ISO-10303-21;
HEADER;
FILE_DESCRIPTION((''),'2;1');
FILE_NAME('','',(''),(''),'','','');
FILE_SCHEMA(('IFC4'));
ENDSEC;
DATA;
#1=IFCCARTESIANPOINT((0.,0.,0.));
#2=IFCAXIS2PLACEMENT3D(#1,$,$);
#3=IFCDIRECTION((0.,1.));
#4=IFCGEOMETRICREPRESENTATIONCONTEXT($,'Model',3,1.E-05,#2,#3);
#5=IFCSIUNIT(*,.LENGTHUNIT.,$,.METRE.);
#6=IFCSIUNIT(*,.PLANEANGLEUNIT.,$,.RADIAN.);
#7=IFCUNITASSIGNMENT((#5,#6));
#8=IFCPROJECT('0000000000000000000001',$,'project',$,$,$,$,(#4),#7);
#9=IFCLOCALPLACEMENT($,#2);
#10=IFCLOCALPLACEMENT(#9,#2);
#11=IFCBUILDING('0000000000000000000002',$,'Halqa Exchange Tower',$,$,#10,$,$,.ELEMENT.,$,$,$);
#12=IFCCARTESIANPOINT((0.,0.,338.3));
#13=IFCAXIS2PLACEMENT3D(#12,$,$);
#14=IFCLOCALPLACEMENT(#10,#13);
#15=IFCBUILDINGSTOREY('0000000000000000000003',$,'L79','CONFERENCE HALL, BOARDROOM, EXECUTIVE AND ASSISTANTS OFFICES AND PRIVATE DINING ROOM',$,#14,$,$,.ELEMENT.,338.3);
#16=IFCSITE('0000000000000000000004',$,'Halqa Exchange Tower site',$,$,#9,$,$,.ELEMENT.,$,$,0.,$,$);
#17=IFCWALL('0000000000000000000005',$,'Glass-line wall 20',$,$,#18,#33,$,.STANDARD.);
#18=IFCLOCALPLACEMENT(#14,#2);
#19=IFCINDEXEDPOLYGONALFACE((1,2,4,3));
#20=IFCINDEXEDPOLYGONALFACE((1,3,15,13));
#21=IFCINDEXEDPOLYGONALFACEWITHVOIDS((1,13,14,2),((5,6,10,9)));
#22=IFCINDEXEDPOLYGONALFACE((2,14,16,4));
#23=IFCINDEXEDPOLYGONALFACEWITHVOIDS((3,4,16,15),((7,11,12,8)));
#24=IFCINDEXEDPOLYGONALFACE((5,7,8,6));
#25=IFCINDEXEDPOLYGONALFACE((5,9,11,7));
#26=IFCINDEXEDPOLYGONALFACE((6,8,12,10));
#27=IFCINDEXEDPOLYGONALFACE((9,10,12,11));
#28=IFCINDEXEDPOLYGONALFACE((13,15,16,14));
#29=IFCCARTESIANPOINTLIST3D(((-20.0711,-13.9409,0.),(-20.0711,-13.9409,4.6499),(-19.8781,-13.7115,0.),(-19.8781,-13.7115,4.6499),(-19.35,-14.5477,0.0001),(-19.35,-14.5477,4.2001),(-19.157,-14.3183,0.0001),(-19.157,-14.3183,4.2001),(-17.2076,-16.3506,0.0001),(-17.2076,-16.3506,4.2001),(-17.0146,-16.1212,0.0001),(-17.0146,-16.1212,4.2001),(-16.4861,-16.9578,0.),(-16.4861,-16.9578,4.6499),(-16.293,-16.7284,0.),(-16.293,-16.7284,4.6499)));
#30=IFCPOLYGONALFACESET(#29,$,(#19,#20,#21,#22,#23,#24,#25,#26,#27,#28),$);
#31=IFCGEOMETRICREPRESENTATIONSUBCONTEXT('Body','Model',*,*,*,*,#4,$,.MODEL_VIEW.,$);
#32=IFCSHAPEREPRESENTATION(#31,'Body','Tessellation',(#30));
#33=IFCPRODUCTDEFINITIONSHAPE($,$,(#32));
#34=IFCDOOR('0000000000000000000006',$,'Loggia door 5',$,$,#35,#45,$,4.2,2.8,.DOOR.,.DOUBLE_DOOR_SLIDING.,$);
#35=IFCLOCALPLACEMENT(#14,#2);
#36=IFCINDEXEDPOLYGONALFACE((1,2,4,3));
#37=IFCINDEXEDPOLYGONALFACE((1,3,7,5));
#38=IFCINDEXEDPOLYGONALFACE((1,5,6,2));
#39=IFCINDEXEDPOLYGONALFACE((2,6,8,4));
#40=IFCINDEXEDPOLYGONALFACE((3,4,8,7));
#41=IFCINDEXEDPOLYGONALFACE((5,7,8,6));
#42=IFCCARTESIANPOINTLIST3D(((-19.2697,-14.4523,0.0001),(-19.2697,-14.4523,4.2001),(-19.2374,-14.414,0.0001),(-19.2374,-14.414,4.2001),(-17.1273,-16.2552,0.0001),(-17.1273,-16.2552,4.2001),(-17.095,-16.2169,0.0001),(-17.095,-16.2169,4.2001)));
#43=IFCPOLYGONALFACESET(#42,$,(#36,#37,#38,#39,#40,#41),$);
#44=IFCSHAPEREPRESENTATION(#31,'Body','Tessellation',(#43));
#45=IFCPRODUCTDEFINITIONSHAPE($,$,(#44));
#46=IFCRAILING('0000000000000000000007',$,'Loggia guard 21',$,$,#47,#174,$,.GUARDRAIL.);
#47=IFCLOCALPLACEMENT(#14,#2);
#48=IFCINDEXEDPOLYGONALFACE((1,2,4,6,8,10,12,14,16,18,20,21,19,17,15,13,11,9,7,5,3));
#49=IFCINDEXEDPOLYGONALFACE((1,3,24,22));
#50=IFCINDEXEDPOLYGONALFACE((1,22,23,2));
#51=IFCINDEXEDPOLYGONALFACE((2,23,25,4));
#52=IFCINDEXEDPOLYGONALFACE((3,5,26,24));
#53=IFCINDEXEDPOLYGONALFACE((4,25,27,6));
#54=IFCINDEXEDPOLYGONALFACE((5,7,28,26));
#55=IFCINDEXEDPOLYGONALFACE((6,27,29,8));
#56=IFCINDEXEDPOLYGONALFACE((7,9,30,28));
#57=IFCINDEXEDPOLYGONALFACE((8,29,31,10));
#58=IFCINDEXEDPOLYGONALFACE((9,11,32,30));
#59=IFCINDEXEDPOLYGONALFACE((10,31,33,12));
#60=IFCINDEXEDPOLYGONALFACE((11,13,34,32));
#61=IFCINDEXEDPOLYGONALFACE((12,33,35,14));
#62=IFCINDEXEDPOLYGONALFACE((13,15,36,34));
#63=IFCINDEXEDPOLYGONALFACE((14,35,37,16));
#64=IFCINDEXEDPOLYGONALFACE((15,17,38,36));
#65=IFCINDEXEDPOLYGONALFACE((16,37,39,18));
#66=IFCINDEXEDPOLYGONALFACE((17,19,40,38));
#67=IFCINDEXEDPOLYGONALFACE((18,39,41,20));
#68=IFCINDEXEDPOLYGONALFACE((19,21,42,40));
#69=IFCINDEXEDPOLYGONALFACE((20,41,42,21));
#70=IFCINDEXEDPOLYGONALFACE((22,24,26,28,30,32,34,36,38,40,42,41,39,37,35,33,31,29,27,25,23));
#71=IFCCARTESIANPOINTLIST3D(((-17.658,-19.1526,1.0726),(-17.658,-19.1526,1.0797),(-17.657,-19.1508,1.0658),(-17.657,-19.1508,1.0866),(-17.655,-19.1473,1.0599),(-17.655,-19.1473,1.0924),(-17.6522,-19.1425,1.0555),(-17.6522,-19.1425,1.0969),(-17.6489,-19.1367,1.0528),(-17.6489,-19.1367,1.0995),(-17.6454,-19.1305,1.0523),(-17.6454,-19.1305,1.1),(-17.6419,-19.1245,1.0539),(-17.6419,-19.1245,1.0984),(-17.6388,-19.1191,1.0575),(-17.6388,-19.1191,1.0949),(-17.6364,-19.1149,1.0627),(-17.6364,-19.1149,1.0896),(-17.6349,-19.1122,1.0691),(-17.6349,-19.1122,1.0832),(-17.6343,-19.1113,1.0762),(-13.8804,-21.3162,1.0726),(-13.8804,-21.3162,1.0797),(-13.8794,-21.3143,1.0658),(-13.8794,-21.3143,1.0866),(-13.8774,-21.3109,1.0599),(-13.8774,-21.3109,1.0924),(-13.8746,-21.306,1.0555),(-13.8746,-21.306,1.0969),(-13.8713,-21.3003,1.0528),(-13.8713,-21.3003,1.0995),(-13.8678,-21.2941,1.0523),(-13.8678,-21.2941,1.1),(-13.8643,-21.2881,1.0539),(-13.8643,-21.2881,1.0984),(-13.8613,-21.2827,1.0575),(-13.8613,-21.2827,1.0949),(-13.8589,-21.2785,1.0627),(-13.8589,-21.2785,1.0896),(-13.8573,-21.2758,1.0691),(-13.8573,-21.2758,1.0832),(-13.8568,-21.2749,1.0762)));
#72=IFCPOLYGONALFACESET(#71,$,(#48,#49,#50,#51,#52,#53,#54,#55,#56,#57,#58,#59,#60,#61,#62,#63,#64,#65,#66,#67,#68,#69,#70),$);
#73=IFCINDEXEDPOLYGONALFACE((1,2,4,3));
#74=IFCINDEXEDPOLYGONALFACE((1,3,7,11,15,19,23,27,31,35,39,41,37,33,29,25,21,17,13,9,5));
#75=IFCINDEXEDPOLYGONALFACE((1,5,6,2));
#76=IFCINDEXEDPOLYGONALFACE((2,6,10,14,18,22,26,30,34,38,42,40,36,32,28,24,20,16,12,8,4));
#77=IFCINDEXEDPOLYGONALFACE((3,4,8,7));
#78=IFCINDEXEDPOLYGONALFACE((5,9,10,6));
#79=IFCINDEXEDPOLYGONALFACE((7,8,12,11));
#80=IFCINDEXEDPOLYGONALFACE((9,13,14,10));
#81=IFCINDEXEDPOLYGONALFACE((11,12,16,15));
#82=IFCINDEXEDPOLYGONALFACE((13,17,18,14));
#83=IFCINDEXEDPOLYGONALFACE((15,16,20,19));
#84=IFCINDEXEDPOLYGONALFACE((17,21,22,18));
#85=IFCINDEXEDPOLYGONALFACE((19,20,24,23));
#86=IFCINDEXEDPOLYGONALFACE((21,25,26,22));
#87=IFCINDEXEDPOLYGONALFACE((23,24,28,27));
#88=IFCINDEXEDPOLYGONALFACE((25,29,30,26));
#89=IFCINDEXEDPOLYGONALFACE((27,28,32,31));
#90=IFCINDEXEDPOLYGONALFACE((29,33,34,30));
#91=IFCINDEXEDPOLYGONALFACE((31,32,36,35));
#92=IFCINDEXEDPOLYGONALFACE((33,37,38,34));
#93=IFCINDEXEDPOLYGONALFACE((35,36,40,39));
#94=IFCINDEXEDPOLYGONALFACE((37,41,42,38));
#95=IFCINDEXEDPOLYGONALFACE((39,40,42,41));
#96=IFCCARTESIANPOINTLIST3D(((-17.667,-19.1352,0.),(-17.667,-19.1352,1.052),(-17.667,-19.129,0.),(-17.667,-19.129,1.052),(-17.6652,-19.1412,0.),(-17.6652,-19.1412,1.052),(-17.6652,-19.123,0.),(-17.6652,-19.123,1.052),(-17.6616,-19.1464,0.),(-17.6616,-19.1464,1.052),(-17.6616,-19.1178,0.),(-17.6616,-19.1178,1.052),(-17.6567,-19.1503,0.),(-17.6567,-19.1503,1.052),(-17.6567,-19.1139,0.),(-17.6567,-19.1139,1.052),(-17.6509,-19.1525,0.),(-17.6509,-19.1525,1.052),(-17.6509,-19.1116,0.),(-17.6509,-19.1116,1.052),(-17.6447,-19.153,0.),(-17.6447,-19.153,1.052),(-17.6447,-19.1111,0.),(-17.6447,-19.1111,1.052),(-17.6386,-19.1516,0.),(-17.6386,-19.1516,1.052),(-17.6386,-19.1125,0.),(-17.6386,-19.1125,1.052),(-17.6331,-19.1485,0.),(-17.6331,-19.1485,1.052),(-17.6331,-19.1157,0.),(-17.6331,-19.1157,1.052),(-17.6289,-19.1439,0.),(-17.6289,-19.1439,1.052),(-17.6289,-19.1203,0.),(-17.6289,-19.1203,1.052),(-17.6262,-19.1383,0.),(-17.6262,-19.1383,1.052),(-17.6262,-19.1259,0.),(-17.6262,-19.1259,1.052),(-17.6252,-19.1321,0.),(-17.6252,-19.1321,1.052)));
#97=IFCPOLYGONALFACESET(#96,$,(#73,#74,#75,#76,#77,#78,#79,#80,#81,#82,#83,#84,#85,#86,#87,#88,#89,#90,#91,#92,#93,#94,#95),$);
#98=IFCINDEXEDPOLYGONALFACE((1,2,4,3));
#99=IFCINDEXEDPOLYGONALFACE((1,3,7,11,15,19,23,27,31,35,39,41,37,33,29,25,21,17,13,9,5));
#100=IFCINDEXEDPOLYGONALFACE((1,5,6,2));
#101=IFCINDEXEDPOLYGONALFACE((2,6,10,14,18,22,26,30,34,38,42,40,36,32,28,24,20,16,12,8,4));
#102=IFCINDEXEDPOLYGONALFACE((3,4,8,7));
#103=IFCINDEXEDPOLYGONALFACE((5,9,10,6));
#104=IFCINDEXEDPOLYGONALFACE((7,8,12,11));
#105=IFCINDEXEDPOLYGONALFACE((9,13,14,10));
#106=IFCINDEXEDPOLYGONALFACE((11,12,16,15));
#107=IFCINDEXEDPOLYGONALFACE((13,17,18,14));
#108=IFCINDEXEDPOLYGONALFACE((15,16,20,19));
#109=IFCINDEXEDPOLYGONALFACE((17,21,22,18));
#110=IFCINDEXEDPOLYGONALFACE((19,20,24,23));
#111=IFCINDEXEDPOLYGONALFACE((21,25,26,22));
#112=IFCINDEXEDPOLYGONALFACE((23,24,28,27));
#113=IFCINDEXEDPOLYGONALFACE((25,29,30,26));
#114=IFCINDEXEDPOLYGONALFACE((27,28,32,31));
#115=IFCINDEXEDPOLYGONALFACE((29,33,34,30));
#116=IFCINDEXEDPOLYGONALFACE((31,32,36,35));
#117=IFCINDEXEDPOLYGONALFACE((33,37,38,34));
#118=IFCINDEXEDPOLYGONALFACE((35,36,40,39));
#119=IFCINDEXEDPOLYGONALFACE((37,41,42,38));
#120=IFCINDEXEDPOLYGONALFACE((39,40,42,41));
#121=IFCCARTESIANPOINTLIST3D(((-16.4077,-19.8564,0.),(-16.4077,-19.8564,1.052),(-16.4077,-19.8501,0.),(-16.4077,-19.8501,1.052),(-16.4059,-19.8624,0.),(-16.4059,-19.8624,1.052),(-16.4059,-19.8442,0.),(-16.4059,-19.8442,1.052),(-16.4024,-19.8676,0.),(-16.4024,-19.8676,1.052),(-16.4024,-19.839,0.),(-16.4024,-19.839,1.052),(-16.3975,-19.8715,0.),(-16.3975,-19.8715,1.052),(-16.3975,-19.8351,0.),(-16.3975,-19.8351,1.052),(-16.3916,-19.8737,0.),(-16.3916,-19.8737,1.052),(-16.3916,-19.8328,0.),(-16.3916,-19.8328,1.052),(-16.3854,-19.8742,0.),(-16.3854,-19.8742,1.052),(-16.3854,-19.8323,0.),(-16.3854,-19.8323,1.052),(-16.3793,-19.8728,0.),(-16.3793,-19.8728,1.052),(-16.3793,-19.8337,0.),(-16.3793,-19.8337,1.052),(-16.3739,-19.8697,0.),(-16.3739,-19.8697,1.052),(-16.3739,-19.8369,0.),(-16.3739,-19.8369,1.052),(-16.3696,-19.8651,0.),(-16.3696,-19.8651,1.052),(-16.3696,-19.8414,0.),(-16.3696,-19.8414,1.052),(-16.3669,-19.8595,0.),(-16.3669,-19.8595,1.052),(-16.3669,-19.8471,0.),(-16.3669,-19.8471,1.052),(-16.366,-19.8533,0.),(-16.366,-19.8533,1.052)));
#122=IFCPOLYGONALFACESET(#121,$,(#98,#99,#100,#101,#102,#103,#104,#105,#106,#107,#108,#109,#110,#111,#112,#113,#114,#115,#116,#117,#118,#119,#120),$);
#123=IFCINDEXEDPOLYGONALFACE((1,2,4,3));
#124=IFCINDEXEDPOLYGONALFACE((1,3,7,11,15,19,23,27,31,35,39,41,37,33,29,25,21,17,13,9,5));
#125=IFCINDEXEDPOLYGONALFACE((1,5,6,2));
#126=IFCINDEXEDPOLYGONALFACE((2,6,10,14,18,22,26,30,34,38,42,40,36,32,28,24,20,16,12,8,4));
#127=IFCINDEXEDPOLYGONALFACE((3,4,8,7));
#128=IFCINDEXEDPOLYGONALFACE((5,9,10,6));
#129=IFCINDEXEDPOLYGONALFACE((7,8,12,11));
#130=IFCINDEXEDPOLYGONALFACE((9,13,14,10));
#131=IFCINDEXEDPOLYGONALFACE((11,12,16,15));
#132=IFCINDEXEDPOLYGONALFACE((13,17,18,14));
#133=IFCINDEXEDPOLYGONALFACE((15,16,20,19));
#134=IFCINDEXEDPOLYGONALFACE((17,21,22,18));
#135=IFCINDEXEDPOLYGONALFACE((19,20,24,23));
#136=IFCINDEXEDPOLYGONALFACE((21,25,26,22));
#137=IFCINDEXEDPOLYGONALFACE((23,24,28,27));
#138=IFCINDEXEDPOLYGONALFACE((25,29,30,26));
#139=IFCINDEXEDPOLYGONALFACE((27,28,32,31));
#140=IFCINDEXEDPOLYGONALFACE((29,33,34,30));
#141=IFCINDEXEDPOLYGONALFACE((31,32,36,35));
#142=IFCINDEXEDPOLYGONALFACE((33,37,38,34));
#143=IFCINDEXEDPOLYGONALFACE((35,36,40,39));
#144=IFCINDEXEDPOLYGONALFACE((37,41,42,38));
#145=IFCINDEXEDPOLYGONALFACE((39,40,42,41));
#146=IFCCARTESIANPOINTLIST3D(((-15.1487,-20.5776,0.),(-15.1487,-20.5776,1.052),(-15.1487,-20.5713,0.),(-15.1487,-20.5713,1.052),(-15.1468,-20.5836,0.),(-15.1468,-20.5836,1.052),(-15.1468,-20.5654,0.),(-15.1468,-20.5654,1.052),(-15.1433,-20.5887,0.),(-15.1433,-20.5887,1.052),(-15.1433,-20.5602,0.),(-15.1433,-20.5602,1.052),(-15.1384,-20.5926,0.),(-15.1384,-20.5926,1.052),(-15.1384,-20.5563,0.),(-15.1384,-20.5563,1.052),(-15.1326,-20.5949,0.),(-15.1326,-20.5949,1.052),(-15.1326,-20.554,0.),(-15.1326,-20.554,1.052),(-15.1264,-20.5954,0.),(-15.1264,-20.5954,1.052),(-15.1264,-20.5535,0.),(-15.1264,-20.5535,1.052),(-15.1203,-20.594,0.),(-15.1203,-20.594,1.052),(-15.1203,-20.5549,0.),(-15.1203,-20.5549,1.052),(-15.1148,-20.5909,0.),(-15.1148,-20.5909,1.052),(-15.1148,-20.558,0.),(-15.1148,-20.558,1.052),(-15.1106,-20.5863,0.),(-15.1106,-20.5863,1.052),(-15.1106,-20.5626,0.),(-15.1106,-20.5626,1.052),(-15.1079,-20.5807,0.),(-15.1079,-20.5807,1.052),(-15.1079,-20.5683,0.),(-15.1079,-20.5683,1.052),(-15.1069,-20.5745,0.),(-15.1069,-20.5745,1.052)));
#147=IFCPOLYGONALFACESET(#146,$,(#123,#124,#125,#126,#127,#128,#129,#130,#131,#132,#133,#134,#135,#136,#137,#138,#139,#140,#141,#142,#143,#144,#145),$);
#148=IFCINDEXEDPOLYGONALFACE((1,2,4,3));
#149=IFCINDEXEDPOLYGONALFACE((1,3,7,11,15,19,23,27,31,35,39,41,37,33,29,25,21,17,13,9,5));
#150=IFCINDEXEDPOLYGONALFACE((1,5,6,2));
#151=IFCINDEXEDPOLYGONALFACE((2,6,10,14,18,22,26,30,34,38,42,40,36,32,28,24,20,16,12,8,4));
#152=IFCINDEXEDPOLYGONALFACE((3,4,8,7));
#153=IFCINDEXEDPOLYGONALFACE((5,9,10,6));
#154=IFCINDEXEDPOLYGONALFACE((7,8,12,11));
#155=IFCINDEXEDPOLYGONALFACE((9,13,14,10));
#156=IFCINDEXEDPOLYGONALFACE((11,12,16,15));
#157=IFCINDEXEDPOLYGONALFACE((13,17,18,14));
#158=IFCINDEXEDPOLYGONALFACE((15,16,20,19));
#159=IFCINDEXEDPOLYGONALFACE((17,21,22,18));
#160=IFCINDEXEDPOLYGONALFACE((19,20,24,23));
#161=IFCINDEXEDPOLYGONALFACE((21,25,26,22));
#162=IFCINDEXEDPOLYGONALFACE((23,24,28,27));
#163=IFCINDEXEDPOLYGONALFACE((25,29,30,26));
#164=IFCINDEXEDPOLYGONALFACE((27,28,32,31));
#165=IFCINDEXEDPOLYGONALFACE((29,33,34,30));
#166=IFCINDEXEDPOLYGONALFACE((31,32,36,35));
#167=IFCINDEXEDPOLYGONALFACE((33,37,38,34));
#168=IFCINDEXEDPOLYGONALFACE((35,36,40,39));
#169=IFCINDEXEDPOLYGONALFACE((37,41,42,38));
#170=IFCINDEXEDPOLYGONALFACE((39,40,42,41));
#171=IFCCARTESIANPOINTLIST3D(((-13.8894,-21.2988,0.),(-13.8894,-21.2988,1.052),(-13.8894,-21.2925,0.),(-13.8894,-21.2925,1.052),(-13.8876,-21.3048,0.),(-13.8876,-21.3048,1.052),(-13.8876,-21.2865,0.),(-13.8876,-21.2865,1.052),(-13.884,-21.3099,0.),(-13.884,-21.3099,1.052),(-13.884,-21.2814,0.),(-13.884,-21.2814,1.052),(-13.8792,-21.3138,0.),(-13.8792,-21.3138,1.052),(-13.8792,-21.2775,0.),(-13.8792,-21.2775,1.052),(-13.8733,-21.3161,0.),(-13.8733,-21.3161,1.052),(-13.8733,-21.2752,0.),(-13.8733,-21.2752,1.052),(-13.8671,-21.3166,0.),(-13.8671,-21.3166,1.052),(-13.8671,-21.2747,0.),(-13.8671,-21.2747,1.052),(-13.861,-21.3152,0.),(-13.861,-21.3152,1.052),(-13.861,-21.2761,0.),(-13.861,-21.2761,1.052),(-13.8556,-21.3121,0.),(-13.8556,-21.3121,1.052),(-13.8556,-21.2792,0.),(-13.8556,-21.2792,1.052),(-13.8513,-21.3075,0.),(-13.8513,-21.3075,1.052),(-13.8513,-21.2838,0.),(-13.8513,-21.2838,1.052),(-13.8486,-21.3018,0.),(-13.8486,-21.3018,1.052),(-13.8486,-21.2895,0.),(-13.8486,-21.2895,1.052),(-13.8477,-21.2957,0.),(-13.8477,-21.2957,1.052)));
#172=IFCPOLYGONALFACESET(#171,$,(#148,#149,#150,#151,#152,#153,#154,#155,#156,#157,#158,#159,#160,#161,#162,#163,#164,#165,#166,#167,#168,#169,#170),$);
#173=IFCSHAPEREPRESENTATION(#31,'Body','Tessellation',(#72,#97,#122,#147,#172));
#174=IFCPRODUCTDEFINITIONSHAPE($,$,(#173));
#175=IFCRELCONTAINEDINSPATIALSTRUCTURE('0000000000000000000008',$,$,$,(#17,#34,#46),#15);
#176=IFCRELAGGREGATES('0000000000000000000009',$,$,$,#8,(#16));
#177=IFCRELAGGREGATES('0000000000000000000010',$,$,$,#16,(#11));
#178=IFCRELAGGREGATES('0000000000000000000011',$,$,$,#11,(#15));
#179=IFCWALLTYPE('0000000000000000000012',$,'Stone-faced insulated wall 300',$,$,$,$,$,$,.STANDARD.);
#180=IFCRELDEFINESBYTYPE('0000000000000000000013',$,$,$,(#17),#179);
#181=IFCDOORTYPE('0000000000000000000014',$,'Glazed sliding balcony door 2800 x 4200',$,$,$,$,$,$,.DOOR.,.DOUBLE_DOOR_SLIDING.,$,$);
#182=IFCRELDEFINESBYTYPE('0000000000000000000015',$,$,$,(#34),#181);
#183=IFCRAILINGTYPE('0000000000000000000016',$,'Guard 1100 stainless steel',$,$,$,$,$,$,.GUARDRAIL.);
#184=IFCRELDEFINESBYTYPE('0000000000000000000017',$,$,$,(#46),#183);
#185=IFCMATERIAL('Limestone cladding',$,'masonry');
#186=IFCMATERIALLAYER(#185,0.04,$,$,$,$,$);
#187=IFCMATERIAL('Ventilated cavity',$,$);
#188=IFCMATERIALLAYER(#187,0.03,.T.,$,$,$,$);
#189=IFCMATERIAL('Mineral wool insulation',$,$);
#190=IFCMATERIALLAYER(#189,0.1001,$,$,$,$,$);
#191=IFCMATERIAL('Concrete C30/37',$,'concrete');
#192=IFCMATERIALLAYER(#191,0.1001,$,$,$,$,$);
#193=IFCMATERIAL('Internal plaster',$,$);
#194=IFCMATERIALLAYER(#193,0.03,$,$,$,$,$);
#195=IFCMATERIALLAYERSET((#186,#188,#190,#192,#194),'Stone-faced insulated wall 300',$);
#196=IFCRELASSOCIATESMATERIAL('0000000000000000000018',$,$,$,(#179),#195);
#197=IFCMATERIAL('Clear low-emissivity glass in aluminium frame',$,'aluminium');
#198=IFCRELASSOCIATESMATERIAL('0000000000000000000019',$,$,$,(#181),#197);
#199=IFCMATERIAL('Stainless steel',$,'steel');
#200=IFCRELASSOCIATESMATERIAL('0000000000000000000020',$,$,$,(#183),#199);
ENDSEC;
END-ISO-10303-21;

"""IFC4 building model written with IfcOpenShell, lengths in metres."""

from ifc_helpers import new_model, si_unit, direction, frame, frame_2d, origin, origin_2d, place, context, subcontext, project, spatial, polyline, rectangle, circle, outline, extrude, material, layer, layer_set, type_object, element, fill, save


model = new_model("IFC4")

# Units and contexts
model_context = context("Model", 3, precision=1e-05, world=origin(), true_north=direction((0.0, 1.0)))
body_context = subcontext(model_context, "Body", "Model", "MODEL_VIEW")
ifc_project = project(units=[si_unit("LENGTHUNIT", "METRE"), si_unit("PLANEANGLEUNIT", "RADIAN")], contexts=[model_context])

# Site, building, storey
site_placement = place(None, origin())
site = spatial("IfcSite", under=ifc_project, at=site_placement, Name="Halqa Exchange Tower site", CompositionType="ELEMENT", RefElevation=0.0)
building_placement = place(site_placement, origin())
building = spatial("IfcBuilding", under=site, at=building_placement, Name="Halqa Exchange Tower", CompositionType="ELEMENT")
storey_placement = place(building_placement, frame((0.0, 0.0, 338.3)))
storey = spatial("IfcBuildingStorey", under=building, at=storey_placement, Name="L79", Description="CONFERENCE HALL, BOARDROOM, EXECUTIVE AND ASSISTANTS OFFICES AND PRIVATE DINING ROOM", CompositionType="ELEMENT", Elevation=338.3)

# Wall, opening, door
ifc_material_1 = material(Name="Limestone cladding", Category="masonry")
ifc_layer_1 = layer(ifc_material_1, 0.04)
ifc_material_2 = material(Name="Ventilated cavity")
ifc_layer_2 = layer(ifc_material_2, 0.03, ventilated=True)
ifc_material_3 = material(Name="Mineral wool insulation")
ifc_layer_3 = layer(ifc_material_3, 0.1001)
ifc_material_4 = material(Name="Concrete C30/37", Category="concrete")
ifc_layer_4 = layer(ifc_material_4, 0.1001)
ifc_material_5 = material(Name="Internal plaster")
ifc_layer_5 = layer(ifc_material_5, 0.03)
ifc_layer_set_1 = layer_set([ifc_layer_1, ifc_layer_2, ifc_layer_3, ifc_layer_4, ifc_layer_5], Name="Stone-faced insulated wall 300")
wall_type_1 = type_object("IfcWallType", Name="Stone-faced insulated wall 300", PredefinedType="STANDARD", material=ifc_layer_set_1)
wall_1_placement = place(storey_placement, frame((-19.9746, -13.8262, 0.0), z_axis=(0.0, 0.0, 1.0), x_axis=(0.765129, -0.643877, 0.0)))
wall_1 = element("IfcWall", 1, at=wall_1_placement, inside=storey, type_object=wall_type_1, Name="Glass-line wall 20", PredefinedType="STANDARD", context=body_context, shape_type="SweptSolid", body=[
    extrude(outline(polyline([(0.0, -0.1499), (4.6855, -0.1499), (4.6855, 0.1499), (0.0, 0.1499), (0.0, -0.1499)])), origin(), (0.0, 0.0, 1.0), 4.6499),
])
opening_1_placement = place(wall_1_placement, frame((0.9426, 0.0, 0.0)))
opening_1 = element("IfcOpeningElement", 2, at=opening_1_placement, cuts=wall_1, PredefinedType="OPENING", context=body_context, shape_type="SweptSolid", body=[
    extrude(rectangle(XDim=2.8, YDim=4.2, at=frame_2d((1.3999, 2.1001))), frame((0.0, 0.1621, 0.0), z_axis=(0.0, -1.0, 0.0), x_axis=(1.0, 0.0, 0.0)), (0.0, 0.0, 1.0), 0.324),
])
ifc_material_6 = material(Name="Clear low-emissivity glass in aluminium frame", Category="aluminium")
door_type_1 = type_object("IfcDoorType", Name="Glazed sliding balcony door 2800 x 4200", OperationType="DOUBLE_DOOR_SLIDING", PredefinedType="DOOR", material=ifc_material_6)
door_1_placement = place(opening_1_placement, origin())
door_1 = element("IfcDoor", 3, at=door_1_placement, inside=storey, type_object=door_type_1, Name="Loggia door 5", OperationType="DOUBLE_DOOR_SLIDING", OverallHeight=4.2, OverallWidth=2.8, PredefinedType="DOOR", context=body_context, shape_type="SweptSolid", body=[
    extrude(rectangle(XDim=2.8, YDim=4.2, at=frame_2d((1.3999, 2.1001))), frame((0.0, 0.0249, 0.0), z_axis=(0.0, -1.0, 0.0), x_axis=(1.0, 0.0, 0.0)), (0.0, 0.0, 1.0), 0.05),
])
fill(opening_1, door_1)

# Railing
ifc_material_7 = material(Name="Stainless steel", Category="steel")
railing_type = type_object("IfcRailingType", Name="Guard 1100 stainless steel", PredefinedType="GUARDRAIL", material=ifc_material_7)
railing_placement = place(storey_placement, frame((-17.6462, -19.1321, 0.0)))
element("IfcRailing", 4, at=railing_placement, inside=storey, type_object=railing_type, Name="Loggia guard 21", PredefinedType="GUARDRAIL", context=body_context, shape_type="SweptSolid", body=[
    extrude(circle(Radius=0.0239, at=origin_2d()), frame((0.0, 0.0, 1.0762), z_axis=(0.867753, -0.496996, 0.0), x_axis=(0.496996, 0.867753, 0.0)), (0.0, 0.0, 1.0), 4.3533),
    extrude(circle(Radius=0.021, at=origin_2d()), origin(), (0.0, 0.0, 1.0), 1.052),
    extrude(circle(Radius=0.021, at=origin_2d()), frame((1.2593, -0.7212, 0.0)), (0.0, 0.0, 1.0), 1.052),
    extrude(circle(Radius=0.021, at=origin_2d()), frame((2.5183, -1.4424, 0.0)), (0.0, 0.0, 1.0), 1.052),
    extrude(circle(Radius=0.021, at=origin_2d()), frame((3.7776, -2.1636, 0.0)), (0.0, 0.0, 1.0), 1.052),
])

save(model, "model.ifc")
